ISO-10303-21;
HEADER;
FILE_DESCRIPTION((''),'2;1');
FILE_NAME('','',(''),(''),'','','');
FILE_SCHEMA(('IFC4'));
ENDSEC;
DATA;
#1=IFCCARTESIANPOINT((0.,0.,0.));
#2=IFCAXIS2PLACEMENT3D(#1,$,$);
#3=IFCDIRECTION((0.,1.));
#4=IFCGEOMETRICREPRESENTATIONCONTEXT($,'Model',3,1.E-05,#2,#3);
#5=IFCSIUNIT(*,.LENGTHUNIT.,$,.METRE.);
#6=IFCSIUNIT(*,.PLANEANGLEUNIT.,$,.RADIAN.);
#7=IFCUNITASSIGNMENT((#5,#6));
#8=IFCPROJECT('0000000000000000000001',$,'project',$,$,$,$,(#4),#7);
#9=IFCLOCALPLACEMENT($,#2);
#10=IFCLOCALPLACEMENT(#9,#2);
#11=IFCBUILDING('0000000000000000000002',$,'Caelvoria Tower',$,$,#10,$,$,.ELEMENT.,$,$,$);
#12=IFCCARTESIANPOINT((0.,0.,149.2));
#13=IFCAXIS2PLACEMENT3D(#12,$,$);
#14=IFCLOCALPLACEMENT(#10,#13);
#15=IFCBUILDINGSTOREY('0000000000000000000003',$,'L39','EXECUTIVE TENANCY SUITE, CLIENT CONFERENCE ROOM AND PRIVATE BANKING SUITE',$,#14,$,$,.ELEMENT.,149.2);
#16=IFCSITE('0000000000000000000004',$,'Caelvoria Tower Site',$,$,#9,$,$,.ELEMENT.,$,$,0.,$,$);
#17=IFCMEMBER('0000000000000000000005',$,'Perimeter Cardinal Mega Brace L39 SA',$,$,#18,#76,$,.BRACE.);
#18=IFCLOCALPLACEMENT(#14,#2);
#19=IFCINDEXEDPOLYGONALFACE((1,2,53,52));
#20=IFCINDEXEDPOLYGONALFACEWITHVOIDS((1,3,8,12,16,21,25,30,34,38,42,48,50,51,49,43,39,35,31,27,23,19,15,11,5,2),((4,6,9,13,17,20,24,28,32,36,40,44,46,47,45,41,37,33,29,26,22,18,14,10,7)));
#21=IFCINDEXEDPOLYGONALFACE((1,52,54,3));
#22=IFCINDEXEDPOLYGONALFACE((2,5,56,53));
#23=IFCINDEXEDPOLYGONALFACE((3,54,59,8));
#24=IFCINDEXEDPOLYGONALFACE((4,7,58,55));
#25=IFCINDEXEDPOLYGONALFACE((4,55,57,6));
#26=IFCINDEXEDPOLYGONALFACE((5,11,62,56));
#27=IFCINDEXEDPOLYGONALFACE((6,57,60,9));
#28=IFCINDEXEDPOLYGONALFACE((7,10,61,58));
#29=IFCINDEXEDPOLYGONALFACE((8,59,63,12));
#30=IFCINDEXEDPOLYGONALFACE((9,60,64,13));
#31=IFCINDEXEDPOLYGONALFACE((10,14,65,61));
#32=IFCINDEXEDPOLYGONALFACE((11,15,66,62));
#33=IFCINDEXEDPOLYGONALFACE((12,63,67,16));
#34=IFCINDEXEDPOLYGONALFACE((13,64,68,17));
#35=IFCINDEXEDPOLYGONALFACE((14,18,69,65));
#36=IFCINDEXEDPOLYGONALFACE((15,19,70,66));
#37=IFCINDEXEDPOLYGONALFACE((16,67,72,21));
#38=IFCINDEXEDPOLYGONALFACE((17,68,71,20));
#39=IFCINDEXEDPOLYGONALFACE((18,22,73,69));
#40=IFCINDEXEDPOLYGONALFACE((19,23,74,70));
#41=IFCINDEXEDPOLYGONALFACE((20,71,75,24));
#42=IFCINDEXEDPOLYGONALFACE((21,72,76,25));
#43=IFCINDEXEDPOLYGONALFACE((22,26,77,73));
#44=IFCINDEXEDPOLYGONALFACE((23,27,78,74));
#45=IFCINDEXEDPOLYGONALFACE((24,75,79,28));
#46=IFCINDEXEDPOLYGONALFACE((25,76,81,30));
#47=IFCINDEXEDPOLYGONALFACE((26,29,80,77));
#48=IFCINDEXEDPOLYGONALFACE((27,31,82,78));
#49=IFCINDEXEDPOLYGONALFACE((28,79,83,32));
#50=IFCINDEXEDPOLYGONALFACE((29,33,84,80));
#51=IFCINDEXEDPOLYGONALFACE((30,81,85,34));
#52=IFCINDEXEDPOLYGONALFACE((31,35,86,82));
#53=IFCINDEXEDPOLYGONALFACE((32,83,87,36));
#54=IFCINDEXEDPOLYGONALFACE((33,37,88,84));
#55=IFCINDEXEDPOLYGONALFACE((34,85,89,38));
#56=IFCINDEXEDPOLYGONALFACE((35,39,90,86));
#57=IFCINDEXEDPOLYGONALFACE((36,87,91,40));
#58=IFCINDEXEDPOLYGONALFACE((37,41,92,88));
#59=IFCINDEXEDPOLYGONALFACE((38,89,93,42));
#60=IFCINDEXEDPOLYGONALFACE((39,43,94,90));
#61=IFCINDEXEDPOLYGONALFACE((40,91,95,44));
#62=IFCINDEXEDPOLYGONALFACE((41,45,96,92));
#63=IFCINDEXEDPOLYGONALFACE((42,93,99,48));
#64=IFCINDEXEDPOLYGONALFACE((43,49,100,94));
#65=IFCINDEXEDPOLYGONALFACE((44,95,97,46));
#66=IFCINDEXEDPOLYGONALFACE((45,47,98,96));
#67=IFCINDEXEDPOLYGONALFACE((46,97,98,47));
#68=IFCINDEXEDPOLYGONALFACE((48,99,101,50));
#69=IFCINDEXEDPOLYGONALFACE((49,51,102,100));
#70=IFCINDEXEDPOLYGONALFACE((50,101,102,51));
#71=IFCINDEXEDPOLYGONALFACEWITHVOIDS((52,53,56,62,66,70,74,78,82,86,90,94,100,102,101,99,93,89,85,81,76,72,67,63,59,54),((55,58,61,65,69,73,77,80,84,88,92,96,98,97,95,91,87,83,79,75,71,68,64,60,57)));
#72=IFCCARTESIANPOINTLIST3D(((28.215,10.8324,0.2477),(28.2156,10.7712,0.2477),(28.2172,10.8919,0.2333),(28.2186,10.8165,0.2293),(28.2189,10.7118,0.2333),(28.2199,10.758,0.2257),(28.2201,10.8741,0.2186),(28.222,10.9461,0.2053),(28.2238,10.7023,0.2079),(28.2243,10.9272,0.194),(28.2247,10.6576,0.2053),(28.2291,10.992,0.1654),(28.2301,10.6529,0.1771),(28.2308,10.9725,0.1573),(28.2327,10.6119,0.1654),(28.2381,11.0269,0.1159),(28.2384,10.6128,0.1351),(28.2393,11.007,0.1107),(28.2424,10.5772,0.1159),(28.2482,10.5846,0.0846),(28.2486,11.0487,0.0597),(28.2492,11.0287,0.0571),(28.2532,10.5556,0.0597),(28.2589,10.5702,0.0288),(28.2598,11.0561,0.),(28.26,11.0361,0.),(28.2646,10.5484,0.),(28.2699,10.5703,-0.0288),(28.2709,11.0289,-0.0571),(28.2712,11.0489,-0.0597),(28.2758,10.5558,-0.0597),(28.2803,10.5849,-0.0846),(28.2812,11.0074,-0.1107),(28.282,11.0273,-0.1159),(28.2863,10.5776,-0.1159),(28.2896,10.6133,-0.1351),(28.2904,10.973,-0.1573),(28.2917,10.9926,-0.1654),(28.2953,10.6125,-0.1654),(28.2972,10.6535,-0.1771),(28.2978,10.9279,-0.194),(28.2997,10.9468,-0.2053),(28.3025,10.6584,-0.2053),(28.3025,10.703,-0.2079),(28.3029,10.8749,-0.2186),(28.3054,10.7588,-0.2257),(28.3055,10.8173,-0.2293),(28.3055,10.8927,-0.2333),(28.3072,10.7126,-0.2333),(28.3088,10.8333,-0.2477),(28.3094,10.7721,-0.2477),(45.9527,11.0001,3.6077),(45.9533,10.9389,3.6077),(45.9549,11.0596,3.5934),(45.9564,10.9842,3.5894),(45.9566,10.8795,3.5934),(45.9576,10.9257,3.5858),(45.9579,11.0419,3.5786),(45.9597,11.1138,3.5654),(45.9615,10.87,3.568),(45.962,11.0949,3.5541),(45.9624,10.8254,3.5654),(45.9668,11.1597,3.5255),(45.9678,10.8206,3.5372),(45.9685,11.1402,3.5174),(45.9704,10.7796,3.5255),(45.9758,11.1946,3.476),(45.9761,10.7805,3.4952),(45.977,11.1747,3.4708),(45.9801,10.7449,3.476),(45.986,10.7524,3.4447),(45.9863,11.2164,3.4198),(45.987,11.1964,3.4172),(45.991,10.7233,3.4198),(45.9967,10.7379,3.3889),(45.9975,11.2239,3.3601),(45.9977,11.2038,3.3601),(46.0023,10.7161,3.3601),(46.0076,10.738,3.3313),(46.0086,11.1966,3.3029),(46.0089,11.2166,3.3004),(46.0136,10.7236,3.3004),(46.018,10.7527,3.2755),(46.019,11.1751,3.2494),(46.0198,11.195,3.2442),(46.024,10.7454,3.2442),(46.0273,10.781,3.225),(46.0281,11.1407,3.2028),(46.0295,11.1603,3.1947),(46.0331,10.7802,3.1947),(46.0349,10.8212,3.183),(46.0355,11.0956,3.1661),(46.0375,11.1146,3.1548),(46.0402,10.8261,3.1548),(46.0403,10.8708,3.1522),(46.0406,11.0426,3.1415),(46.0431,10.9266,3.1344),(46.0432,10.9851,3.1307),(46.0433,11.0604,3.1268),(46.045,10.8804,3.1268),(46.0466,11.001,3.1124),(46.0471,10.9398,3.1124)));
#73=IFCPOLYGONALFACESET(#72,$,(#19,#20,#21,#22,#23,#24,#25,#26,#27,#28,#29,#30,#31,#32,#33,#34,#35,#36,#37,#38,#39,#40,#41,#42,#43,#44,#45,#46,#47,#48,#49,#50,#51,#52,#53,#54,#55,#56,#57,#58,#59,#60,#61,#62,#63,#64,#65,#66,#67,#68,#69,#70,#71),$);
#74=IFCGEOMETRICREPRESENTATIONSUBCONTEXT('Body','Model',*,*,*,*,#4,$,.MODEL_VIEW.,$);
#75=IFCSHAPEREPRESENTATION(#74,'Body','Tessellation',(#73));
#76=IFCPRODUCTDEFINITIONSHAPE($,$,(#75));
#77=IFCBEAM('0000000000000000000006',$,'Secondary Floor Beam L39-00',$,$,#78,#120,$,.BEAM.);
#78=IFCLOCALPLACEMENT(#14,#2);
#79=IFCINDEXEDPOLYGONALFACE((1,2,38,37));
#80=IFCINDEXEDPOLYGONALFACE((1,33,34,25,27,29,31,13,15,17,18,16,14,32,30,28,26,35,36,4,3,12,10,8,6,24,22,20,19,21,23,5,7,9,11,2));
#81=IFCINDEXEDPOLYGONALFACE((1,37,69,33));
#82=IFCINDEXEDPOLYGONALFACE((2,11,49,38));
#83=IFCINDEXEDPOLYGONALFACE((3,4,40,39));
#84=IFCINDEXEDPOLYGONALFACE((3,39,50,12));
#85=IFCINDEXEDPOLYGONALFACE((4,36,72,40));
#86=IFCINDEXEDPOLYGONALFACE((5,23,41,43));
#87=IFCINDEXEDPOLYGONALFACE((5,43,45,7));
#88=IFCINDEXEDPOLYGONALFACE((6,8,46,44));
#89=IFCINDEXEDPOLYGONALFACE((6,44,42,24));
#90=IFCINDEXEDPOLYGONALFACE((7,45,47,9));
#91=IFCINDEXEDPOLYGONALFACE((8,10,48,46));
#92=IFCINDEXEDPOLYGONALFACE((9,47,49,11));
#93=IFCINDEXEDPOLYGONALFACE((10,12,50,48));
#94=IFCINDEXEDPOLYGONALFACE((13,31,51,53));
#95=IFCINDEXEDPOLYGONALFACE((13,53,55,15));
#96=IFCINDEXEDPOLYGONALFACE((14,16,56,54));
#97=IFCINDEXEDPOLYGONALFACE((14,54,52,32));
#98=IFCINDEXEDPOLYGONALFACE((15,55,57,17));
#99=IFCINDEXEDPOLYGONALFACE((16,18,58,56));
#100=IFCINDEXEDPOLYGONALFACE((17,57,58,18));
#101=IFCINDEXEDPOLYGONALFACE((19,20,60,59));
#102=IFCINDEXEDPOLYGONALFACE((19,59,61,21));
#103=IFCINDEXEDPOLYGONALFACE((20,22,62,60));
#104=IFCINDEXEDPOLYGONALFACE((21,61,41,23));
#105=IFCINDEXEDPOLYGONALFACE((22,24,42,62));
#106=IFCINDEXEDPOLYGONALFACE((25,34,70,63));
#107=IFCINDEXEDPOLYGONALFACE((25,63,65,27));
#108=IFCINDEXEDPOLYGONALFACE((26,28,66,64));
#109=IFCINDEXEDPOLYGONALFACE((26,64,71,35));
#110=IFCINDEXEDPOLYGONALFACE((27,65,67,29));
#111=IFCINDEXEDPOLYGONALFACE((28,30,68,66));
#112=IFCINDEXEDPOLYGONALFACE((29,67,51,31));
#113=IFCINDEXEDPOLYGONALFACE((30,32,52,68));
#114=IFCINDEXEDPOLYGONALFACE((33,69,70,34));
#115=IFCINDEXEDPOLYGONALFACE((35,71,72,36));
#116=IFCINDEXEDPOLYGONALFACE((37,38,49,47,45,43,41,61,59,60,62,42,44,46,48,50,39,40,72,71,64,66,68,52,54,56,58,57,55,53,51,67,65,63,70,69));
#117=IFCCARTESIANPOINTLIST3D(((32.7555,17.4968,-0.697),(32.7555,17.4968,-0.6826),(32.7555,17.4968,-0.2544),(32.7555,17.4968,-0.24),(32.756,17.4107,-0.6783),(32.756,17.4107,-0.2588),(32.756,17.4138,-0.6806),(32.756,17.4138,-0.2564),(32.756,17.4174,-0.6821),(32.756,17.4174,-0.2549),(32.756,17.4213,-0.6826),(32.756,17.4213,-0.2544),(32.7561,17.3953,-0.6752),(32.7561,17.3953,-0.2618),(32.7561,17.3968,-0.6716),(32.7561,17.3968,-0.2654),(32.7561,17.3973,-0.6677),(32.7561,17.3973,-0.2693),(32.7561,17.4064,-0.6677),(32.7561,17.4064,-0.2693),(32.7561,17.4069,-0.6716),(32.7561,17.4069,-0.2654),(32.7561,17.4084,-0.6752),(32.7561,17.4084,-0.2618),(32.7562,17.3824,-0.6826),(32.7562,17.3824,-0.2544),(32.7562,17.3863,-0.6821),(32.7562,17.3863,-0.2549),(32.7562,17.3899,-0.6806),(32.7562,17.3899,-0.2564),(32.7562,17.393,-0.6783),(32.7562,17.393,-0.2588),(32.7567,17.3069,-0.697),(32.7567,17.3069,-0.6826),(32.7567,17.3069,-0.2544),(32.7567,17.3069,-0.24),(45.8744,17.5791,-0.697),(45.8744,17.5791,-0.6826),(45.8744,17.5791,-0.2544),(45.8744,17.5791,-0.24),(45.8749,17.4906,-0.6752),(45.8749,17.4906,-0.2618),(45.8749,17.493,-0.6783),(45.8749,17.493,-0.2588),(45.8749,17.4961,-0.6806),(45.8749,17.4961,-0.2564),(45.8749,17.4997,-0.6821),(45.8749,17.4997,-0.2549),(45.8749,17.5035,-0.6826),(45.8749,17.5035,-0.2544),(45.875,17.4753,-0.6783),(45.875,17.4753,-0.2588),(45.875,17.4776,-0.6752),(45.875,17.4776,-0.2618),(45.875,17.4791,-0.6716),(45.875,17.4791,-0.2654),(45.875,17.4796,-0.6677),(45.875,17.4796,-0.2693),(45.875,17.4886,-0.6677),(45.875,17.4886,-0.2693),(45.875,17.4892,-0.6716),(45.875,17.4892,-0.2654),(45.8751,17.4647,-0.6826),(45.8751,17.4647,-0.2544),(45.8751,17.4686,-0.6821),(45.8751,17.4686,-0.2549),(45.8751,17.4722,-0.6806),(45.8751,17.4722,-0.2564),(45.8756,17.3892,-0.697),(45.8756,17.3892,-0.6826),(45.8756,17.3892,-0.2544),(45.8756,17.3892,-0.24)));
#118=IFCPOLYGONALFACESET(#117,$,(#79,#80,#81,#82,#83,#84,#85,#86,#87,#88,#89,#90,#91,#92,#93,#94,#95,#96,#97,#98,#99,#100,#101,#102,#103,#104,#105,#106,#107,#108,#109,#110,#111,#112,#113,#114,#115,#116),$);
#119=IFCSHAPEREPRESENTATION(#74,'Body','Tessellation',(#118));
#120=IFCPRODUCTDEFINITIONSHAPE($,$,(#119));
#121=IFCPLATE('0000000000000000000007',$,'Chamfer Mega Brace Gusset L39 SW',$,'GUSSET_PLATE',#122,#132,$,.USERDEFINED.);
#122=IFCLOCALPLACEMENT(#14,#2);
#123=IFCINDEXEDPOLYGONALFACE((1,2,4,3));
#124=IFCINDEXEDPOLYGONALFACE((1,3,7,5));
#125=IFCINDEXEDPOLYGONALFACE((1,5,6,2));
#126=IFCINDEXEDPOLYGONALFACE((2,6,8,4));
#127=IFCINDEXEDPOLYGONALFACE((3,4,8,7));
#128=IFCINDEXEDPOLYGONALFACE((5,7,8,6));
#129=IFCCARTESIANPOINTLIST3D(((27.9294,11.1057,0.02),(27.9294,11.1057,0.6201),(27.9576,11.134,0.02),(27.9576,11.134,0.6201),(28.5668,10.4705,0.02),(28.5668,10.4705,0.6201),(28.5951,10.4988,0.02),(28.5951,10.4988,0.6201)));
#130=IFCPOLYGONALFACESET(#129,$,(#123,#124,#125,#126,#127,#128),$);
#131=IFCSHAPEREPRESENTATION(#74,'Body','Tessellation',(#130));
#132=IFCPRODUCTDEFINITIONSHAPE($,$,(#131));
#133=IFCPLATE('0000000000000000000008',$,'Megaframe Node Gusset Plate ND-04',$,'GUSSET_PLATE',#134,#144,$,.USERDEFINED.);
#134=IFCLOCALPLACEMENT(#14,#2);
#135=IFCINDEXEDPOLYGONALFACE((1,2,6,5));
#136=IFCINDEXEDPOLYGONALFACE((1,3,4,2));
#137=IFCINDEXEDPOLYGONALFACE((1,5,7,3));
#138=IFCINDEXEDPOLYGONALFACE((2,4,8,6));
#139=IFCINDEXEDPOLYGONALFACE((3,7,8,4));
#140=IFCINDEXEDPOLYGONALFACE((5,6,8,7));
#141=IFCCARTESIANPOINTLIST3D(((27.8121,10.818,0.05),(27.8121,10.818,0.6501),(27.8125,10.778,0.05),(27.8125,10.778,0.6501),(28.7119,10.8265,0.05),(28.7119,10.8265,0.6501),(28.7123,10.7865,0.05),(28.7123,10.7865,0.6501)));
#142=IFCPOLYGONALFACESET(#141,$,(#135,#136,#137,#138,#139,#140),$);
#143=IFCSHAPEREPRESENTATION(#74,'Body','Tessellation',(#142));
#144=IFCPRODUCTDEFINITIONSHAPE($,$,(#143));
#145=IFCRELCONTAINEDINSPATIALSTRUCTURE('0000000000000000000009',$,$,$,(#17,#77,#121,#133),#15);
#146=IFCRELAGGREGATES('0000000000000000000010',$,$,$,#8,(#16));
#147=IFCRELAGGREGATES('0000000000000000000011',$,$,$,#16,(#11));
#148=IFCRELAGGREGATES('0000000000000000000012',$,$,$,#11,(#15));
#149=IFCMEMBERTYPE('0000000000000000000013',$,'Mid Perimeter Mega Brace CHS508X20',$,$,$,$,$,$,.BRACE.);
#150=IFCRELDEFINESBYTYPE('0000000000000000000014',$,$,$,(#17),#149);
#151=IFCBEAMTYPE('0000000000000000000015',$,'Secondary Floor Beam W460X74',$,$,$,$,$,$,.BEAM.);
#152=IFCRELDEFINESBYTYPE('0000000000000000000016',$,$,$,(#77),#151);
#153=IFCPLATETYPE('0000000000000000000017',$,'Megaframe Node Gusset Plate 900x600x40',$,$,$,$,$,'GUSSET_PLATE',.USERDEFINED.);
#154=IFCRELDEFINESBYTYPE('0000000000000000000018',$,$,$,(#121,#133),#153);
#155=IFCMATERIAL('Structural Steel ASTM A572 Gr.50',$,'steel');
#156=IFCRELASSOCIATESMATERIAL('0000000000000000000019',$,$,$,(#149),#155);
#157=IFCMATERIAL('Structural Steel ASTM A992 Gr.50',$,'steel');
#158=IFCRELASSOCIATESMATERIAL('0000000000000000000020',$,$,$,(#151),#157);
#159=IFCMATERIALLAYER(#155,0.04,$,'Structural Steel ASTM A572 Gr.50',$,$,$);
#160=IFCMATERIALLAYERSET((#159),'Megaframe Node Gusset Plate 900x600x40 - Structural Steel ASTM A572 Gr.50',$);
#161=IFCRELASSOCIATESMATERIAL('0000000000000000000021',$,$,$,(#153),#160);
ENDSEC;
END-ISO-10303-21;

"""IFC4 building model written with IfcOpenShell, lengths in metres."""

from ifc_helpers import new_model, si_unit, direction, frame, origin, origin_2d, place, context, subcontext, project, spatial, rectangle, hollow_circle, i_section, extrude, material, layer, layer_set, material_profile, profile_set, type_object, element, save


model = new_model("IFC4")

# Units and contexts
model_context = context("Model", 3, precision=1e-05, world=origin(), true_north=direction((0.0, 1.0)))
body_context = subcontext(model_context, "Body", "Model", "MODEL_VIEW")
ifc_project = project(units=[si_unit("LENGTHUNIT", "METRE"), si_unit("PLANEANGLEUNIT", "RADIAN")], contexts=[model_context])

# Site, building, storey
site_placement = place(None, origin())
site = spatial("IfcSite", under=ifc_project, at=site_placement, Name="Caelvoria Tower Site", CompositionType="ELEMENT", RefElevation=0.0)
building_placement = place(site_placement, origin())
building = spatial("IfcBuilding", under=site, at=building_placement, Name="Caelvoria Tower", CompositionType="ELEMENT")
storey_placement = place(building_placement, frame((0.0, 0.0, 149.2)))
storey = spatial("IfcBuildingStorey", under=building, at=storey_placement, Name="L39", Description="EXECUTIVE TENANCY SUITE, CLIENT CONFERENCE ROOM AND PRIVATE BANKING SUITE", CompositionType="ELEMENT", Elevation=149.2)

# Member
ifc_material_1 = material(Name="Structural Steel ASTM A572 Gr.50", Category="steel")
ifc_material_profile_1 = material_profile(ifc_material_1, hollow_circle(Radius=0.2539, WallThickness=0.02, at=origin_2d()), Name="Structural Steel ASTM A572 Gr.50")
ifc_profile_set_1 = profile_set([ifc_material_profile_1], Name="CHS508X20 - Structural Steel ASTM A572 Gr.50")
member_type = type_object("IfcMemberType", Name="Mid Perimeter Mega Brace CHS508X20", PredefinedType="BRACE", material=ifc_profile_set_1)
member_placement = place(storey_placement, frame((28.2622, 10.8022, 0.0), z_axis=(0.982484, 0.00929, 0.186114), x_axis=(-0.009455, 0.999955, 0.0)))
element("IfcMember", 1, at=member_placement, inside=storey, type_object=member_type, Name="Perimeter Cardinal Mega Brace L39 SA", PredefinedType="BRACE", context=body_context, shape_type="SweptSolid", body=[
    extrude(hollow_circle(Radius=0.2539, WallThickness=0.02, at=origin_2d()), origin(), (0.0, 0.0, 1.0), 18.054),
])

# Beam
ifc_material_2 = material(Name="Structural Steel ASTM A992 Gr.50", Category="steel")
ifc_material_profile_2 = material_profile(ifc_material_2, i_section(OverallWidth=0.1899, OverallDepth=0.457, WebThickness=0.009, FlangeThickness=0.0144, FilletRadius=0.0149, at=origin_2d()), Name="Structural Steel ASTM A992 Gr.50")
ifc_profile_set_2 = profile_set([ifc_material_profile_2], Name="W460X74 - Structural Steel ASTM A992 Gr.50")
beam_type = type_object("IfcBeamType", Name="Secondary Floor Beam W460X74", PredefinedType="BEAM", material=ifc_profile_set_2)
beam_placement = place(storey_placement, frame((32.7561, 17.4019, -0.4685), z_axis=(0.99998, 0.006271, 0.0), x_axis=(-0.006271, 0.99998, 0.0)))
element("IfcBeam", 2, at=beam_placement, inside=storey, type_object=beam_type, Name="Secondary Floor Beam L39-00", PredefinedType="BEAM", context=body_context, shape_type="SweptSolid", body=[
    extrude(i_section(OverallWidth=0.1899, OverallDepth=0.457, WebThickness=0.009, FlangeThickness=0.0144, FilletRadius=0.0149, at=origin_2d()), origin(), (0.0, 0.0, 1.0), 13.1191),
])

# Plates
ifc_layer_1 = layer(ifc_material_1, 0.04, Name="Structural Steel ASTM A572 Gr.50")
ifc_layer_set_1 = layer_set([ifc_layer_1], Name="Megaframe Node Gusset Plate 900x600x40 - Structural Steel ASTM A572 Gr.50")
plate_type = type_object("IfcPlateType", Name="Megaframe Node Gusset Plate 900x600x40", ElementType="GUSSET_PLATE", PredefinedType="USERDEFINED", material=ifc_layer_set_1)
for number, where, z_axis, x_axis, name in (
    (3, (28.2622, 10.8022, 0.02), (0.0, 0.0, 1.0), (-0.708326, 0.705885, 0.0), "Chamfer Mega Brace Gusset L39 SW"),
    (4, (28.2622, 10.8022, 0.05), (0.0, 0.0, 1.0), (0.999955, 0.00946, 0.0), "Megaframe Node Gusset Plate ND-04"),
):
    element("IfcPlate", number, at=place(storey_placement, frame(where, z_axis=z_axis, x_axis=x_axis)), inside=storey, type_object=plate_type, Name=name, ObjectType="GUSSET_PLATE", PredefinedType="USERDEFINED", context=body_context, shape_type="SweptSolid", body=[
        extrude(rectangle(XDim=0.8999, YDim=0.04, at=origin_2d()), origin(), (0.0, 0.0, 1.0), 0.6001),
    ])

save(model, "model.ifc")
